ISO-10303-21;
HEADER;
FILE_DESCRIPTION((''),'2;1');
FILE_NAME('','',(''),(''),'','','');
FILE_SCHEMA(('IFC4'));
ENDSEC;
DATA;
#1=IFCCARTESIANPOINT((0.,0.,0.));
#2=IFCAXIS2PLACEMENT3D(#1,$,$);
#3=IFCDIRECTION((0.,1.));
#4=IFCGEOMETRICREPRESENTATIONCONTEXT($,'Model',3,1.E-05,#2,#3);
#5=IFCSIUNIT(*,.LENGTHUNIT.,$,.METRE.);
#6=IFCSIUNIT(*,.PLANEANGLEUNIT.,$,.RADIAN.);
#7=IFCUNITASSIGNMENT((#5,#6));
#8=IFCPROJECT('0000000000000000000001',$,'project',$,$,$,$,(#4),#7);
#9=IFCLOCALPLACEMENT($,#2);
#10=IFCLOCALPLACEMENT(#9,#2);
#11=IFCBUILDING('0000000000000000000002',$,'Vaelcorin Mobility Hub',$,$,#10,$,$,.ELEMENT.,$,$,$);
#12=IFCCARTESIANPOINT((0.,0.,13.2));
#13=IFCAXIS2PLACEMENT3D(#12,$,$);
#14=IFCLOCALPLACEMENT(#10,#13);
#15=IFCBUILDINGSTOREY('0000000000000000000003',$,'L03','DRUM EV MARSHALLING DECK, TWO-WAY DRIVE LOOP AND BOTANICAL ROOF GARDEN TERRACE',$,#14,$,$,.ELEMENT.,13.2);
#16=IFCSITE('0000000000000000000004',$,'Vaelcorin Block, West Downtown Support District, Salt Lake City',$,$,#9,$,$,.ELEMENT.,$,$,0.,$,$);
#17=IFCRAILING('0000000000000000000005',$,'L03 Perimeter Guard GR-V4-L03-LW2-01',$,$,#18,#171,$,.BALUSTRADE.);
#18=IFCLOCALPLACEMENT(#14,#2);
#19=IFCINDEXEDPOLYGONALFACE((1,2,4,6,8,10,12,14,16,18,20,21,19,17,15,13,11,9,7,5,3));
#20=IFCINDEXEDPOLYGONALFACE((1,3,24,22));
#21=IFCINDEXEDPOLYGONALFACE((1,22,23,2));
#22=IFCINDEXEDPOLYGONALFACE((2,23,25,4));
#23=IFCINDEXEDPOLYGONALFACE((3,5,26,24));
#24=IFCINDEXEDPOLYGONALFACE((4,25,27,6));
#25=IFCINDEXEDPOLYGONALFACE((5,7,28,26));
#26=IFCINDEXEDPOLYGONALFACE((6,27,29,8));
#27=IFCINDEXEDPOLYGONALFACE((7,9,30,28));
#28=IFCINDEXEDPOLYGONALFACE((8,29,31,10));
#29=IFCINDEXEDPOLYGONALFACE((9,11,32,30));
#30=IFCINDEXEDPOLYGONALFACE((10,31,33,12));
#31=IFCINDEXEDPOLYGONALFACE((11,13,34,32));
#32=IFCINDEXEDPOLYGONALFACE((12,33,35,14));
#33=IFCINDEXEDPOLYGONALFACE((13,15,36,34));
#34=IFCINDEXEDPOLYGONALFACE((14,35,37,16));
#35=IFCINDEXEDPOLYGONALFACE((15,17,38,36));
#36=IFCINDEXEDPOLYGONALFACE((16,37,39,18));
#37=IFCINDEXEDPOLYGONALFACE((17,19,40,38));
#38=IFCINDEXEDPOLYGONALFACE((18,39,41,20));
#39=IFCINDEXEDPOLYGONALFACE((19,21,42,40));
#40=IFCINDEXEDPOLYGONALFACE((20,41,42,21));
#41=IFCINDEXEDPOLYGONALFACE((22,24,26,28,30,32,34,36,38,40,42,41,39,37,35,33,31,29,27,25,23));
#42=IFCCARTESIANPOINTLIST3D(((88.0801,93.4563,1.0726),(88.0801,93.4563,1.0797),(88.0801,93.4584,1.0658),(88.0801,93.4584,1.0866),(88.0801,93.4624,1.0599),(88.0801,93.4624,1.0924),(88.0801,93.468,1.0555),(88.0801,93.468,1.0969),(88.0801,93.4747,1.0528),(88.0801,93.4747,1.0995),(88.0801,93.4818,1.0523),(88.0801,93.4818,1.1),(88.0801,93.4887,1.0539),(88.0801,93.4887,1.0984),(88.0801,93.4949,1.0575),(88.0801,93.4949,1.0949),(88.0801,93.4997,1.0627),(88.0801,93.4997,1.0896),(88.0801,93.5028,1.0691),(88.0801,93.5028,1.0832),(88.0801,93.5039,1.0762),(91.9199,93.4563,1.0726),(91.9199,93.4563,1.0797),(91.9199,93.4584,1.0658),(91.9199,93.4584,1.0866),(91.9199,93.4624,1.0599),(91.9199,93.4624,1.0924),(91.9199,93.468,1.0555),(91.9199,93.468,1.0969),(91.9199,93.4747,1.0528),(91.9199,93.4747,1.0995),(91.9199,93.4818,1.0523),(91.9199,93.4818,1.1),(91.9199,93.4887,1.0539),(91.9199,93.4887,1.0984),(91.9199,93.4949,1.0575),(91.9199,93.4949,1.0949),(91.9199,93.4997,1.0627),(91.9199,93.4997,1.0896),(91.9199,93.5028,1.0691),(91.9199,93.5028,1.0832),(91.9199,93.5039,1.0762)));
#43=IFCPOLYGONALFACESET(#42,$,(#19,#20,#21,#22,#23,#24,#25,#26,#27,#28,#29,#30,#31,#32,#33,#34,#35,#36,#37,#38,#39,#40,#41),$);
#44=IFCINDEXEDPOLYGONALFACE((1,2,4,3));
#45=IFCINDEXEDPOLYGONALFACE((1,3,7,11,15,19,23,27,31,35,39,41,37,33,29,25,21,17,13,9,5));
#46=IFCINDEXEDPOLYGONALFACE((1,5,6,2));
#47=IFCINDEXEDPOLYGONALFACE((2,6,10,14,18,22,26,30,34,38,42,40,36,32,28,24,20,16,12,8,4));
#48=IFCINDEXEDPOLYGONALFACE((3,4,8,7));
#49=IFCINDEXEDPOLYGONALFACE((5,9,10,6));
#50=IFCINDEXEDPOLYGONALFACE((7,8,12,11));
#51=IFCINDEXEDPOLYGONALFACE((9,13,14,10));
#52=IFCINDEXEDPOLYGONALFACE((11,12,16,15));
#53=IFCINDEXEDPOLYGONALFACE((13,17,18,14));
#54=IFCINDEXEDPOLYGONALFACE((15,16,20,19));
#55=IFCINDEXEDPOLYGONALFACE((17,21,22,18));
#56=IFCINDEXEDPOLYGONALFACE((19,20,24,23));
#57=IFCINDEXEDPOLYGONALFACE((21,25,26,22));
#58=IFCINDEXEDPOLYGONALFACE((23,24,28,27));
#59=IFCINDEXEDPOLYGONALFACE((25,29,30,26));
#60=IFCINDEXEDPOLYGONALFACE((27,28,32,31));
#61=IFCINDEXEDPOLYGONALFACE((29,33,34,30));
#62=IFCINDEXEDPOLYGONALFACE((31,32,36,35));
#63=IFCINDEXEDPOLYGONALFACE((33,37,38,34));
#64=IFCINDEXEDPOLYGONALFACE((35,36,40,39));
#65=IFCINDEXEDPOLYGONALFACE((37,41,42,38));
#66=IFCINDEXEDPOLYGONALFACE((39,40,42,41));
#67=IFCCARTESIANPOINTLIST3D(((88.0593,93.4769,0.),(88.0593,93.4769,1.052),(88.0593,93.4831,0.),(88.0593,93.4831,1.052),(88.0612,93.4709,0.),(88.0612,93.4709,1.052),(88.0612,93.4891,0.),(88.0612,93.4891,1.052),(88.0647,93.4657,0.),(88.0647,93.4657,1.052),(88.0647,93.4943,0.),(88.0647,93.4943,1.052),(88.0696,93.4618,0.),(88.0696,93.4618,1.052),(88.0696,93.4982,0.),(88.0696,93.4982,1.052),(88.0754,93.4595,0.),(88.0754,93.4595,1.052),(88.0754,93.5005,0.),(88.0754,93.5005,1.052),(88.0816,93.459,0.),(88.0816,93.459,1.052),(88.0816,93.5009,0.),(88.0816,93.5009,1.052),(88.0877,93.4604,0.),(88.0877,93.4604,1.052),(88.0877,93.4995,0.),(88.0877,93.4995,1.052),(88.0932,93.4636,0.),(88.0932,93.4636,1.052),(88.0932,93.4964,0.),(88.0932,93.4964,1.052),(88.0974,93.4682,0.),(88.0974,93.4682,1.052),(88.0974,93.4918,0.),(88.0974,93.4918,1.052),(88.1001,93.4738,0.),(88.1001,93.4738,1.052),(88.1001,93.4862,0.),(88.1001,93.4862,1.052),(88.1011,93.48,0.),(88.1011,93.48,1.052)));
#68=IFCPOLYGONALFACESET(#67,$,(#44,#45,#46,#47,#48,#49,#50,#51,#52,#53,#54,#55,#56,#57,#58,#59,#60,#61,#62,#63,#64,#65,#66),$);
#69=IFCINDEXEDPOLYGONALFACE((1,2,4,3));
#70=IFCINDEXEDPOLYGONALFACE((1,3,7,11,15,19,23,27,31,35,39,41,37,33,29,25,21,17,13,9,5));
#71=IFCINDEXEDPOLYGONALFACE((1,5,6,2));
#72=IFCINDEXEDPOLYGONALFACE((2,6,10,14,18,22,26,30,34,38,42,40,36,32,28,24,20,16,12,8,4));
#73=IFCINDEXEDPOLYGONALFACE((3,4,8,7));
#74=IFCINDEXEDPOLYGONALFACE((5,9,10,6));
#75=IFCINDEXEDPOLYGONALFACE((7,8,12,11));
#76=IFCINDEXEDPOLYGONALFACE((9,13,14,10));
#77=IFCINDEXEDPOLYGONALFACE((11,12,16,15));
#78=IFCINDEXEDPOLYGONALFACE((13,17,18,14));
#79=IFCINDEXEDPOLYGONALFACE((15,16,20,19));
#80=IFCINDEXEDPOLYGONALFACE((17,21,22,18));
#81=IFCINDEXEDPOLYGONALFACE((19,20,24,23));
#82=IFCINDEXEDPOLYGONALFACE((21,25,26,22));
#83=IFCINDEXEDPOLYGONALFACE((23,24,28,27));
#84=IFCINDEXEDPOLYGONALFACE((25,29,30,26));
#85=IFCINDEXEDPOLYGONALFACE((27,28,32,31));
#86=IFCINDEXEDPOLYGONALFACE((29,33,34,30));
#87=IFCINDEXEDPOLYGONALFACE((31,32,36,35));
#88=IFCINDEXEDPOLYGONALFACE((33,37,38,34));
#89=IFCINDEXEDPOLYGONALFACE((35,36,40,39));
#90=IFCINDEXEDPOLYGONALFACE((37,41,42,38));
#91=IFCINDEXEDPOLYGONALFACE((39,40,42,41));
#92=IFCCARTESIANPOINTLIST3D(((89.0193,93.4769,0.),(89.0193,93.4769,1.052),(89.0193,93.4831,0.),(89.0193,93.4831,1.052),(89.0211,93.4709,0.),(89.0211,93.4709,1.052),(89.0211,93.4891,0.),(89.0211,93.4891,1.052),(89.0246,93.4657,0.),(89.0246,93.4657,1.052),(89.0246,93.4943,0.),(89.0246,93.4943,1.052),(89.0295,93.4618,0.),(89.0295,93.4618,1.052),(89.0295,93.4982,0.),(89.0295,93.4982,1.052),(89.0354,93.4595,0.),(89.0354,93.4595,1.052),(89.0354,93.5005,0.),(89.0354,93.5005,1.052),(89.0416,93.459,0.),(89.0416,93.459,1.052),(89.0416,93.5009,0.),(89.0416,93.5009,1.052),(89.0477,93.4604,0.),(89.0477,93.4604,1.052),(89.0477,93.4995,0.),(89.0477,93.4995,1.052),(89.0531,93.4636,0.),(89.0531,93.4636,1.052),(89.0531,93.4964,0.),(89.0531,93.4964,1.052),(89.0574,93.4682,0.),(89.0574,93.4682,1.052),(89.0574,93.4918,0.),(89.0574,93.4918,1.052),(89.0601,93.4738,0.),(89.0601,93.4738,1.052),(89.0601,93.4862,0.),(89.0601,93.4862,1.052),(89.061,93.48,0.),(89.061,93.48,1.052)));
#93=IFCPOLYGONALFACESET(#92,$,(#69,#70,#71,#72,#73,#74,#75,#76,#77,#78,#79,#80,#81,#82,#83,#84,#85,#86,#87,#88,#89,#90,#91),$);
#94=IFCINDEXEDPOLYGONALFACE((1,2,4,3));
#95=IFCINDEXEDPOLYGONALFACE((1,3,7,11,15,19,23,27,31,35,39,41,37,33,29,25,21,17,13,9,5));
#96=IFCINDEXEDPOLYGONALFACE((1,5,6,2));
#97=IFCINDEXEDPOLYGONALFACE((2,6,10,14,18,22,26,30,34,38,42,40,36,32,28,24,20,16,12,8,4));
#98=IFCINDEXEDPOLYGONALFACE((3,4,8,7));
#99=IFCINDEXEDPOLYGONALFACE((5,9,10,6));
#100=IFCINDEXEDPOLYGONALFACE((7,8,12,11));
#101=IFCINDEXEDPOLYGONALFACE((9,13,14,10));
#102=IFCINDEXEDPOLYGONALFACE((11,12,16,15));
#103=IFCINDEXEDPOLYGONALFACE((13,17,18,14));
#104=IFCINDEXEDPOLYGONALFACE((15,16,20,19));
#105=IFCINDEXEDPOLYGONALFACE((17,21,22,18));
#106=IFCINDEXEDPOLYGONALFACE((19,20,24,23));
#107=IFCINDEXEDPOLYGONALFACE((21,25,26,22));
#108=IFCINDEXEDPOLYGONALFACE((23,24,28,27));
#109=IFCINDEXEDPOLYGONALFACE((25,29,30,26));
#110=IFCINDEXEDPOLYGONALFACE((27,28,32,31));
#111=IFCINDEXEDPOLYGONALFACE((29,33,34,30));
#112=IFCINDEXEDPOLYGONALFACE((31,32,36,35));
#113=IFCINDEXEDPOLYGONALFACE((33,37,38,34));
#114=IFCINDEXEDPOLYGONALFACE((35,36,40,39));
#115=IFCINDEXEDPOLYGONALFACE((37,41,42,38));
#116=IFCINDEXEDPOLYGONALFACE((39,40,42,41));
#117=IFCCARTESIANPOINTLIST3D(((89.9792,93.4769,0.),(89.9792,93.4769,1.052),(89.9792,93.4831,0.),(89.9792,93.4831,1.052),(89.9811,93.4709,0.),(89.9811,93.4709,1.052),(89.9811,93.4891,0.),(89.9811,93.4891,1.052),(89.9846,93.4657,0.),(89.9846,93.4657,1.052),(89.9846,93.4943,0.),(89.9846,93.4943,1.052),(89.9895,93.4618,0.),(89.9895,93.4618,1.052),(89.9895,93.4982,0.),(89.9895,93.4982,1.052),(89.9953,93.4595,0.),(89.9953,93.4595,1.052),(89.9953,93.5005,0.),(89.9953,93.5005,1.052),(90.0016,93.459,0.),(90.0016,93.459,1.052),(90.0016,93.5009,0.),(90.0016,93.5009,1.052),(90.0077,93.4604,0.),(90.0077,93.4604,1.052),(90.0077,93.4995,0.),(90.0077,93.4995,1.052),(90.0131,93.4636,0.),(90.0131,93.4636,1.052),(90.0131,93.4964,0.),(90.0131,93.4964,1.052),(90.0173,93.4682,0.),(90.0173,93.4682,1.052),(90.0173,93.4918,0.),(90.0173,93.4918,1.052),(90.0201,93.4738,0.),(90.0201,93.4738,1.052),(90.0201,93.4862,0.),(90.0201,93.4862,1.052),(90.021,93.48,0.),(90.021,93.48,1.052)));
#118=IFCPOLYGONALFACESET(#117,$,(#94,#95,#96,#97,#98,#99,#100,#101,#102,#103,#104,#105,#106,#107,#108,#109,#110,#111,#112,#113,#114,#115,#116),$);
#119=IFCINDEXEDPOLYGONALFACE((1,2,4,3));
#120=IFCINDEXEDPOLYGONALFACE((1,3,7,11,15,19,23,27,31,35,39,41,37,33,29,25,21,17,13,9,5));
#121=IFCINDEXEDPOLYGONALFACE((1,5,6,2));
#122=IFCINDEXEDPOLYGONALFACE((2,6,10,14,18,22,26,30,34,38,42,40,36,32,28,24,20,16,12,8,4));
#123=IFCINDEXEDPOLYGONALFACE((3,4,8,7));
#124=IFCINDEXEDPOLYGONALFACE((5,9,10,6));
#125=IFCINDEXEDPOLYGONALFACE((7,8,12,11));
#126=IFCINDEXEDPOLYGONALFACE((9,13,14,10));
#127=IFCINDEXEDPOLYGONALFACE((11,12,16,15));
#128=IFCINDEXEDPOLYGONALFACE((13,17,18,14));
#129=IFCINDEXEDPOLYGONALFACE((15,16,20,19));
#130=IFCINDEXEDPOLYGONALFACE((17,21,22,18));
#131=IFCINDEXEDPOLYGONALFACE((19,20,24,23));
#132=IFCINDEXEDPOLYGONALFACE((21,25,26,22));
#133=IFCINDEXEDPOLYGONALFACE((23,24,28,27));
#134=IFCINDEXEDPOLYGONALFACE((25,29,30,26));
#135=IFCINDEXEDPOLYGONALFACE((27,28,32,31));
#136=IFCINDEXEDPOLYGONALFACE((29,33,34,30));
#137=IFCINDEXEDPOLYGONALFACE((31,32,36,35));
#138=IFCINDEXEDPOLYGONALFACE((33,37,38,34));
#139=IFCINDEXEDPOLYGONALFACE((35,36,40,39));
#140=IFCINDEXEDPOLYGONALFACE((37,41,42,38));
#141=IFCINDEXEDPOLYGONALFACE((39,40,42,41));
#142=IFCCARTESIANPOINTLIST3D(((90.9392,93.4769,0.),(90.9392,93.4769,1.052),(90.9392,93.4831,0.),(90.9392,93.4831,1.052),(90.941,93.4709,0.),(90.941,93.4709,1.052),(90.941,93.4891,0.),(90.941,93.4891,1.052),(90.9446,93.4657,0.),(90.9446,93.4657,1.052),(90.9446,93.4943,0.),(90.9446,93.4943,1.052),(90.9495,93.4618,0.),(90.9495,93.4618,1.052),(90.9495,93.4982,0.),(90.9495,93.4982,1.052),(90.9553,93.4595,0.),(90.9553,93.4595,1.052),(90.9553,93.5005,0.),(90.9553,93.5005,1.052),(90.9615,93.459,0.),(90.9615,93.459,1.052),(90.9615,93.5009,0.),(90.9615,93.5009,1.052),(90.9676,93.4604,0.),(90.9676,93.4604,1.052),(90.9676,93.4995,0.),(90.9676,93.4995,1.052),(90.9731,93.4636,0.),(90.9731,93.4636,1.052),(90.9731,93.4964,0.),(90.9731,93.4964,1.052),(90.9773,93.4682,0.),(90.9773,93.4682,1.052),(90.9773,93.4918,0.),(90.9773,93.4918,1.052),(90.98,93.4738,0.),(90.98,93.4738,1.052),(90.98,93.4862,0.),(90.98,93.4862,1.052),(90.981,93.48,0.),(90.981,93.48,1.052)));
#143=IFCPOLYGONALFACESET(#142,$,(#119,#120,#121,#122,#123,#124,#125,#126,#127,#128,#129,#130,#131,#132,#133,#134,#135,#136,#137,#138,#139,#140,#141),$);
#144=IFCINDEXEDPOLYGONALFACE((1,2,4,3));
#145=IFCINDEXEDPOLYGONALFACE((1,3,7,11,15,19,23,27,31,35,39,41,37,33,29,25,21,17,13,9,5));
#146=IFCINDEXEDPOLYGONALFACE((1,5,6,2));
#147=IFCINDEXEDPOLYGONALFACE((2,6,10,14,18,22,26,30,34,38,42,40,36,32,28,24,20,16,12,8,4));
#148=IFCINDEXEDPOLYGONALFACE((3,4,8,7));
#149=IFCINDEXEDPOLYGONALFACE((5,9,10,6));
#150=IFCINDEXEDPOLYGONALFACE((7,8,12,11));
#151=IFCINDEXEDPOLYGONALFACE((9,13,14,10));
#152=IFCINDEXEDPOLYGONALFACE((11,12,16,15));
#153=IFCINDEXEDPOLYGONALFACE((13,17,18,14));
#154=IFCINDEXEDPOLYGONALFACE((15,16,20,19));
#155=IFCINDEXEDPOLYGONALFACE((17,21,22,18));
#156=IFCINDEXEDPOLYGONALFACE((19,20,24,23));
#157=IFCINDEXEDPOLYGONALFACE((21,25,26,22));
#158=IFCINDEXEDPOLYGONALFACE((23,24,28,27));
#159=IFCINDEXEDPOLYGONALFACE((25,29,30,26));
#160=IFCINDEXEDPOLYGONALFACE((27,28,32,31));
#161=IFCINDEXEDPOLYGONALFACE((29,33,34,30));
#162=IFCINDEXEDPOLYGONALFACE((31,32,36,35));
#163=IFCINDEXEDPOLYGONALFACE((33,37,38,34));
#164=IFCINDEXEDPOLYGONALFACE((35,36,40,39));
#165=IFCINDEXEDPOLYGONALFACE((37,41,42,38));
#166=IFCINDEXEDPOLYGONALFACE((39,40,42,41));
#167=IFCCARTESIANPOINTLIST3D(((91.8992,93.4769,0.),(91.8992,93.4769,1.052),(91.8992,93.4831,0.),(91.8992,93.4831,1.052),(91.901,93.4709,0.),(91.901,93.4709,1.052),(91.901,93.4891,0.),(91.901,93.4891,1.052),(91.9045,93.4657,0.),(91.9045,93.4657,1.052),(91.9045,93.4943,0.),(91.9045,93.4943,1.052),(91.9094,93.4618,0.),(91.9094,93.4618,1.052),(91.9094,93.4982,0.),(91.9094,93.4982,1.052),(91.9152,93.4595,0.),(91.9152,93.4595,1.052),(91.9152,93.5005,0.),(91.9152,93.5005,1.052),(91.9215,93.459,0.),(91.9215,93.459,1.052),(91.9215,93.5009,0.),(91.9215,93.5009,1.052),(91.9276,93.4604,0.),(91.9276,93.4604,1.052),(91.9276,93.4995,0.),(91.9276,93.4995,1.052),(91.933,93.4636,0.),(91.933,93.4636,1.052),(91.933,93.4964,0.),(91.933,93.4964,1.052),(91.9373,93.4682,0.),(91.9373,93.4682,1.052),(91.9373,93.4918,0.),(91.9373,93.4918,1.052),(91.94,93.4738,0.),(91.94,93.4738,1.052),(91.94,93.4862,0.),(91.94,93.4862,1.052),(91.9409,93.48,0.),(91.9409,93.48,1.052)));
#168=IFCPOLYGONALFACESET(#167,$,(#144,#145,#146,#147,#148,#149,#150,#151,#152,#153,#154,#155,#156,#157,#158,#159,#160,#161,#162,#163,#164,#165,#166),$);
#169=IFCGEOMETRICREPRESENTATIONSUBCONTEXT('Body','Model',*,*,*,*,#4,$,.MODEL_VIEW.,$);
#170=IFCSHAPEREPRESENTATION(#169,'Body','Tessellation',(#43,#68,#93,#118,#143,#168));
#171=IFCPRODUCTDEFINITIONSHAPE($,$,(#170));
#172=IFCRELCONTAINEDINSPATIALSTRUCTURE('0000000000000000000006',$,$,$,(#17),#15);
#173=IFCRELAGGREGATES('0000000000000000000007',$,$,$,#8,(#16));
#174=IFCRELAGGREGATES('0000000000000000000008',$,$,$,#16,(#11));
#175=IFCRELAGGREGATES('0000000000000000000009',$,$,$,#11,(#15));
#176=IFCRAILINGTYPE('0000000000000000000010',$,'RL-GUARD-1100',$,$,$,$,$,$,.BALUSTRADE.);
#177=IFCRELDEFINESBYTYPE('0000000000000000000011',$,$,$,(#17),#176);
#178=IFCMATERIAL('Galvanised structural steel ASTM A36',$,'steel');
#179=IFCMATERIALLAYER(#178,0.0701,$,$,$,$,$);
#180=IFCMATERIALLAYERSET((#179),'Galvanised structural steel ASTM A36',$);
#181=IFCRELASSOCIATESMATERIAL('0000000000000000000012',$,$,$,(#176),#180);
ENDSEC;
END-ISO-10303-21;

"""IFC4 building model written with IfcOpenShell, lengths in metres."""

from ifc_helpers import new_model, si_unit, direction, frame, origin, origin_2d, place, context, subcontext, project, spatial, circle, extrude, material, layer, layer_set, type_object, element, save


model = new_model("IFC4")

# Units and contexts
model_context = context("Model", 3, precision=1e-05, world=origin(), true_north=direction((0.0, 1.0)))
body_context = subcontext(model_context, "Body", "Model", "MODEL_VIEW")
ifc_project = project(units=[si_unit("LENGTHUNIT", "METRE"), si_unit("PLANEANGLEUNIT", "RADIAN")], contexts=[model_context])

# Site, building, storey
site_placement = place(None, origin())
site = spatial("IfcSite", under=ifc_project, at=site_placement, Name="Vaelcorin Block, West Downtown Support District, Salt Lake City", CompositionType="ELEMENT", RefElevation=0.0)
building_placement = place(site_placement, origin())
building = spatial("IfcBuilding", under=site, at=building_placement, Name="Vaelcorin Mobility Hub", CompositionType="ELEMENT")
storey_placement = place(building_placement, frame((0.0, 0.0, 13.2)))
storey = spatial("IfcBuildingStorey", under=building, at=storey_placement, Name="L03", Description="DRUM EV MARSHALLING DECK, TWO-WAY DRIVE LOOP AND BOTANICAL ROOF GARDEN TERRACE", CompositionType="ELEMENT", Elevation=13.2)

# Railing
ifc_material_1 = material(Name="Galvanised structural steel ASTM A36", Category="steel")
ifc_layer = layer(ifc_material_1, 0.0701)
ifc_layer_set = layer_set([ifc_layer], Name="Galvanised structural steel ASTM A36")
railing_type = type_object("IfcRailingType", Name="RL-GUARD-1100", PredefinedType="BALUSTRADE", material=ifc_layer_set)
railing_1_placement = place(storey_placement, frame((88.0801, 93.48, 0.0)))
element("IfcRailing", 1, at=railing_1_placement, inside=storey, type_object=railing_type, Name="L03 Perimeter Guard GR-V4-L03-LW2-01", PredefinedType="BALUSTRADE", context=body_context, shape_type="SweptSolid", body=[
    extrude(circle(Radius=0.0239, at=origin_2d()), frame((0.0, 0.0, 1.0762), z_axis=(1.0, 0.0, 0.0), x_axis=(0.0, 1.0, 0.0)), (0.0, 0.0, 1.0), 3.8398),
    extrude(circle(Radius=0.021, at=origin_2d()), origin(), (0.0, 0.0, 1.0), 1.052),
    extrude(circle(Radius=0.021, at=origin_2d()), frame((0.96, 0.0, 0.0)), (0.0, 0.0, 1.0), 1.052),
    extrude(circle(Radius=0.021, at=origin_2d()), frame((1.9199, 0.0, 0.0)), (0.0, 0.0, 1.0), 1.052),
    extrude(circle(Radius=0.021, at=origin_2d()), frame((2.8799, 0.0, 0.0)), (0.0, 0.0, 1.0), 1.052),
    extrude(circle(Radius=0.021, at=origin_2d()), frame((3.8398, 0.0, 0.0)), (0.0, 0.0, 1.0), 1.052),
])

save(model, "model.ifc")
